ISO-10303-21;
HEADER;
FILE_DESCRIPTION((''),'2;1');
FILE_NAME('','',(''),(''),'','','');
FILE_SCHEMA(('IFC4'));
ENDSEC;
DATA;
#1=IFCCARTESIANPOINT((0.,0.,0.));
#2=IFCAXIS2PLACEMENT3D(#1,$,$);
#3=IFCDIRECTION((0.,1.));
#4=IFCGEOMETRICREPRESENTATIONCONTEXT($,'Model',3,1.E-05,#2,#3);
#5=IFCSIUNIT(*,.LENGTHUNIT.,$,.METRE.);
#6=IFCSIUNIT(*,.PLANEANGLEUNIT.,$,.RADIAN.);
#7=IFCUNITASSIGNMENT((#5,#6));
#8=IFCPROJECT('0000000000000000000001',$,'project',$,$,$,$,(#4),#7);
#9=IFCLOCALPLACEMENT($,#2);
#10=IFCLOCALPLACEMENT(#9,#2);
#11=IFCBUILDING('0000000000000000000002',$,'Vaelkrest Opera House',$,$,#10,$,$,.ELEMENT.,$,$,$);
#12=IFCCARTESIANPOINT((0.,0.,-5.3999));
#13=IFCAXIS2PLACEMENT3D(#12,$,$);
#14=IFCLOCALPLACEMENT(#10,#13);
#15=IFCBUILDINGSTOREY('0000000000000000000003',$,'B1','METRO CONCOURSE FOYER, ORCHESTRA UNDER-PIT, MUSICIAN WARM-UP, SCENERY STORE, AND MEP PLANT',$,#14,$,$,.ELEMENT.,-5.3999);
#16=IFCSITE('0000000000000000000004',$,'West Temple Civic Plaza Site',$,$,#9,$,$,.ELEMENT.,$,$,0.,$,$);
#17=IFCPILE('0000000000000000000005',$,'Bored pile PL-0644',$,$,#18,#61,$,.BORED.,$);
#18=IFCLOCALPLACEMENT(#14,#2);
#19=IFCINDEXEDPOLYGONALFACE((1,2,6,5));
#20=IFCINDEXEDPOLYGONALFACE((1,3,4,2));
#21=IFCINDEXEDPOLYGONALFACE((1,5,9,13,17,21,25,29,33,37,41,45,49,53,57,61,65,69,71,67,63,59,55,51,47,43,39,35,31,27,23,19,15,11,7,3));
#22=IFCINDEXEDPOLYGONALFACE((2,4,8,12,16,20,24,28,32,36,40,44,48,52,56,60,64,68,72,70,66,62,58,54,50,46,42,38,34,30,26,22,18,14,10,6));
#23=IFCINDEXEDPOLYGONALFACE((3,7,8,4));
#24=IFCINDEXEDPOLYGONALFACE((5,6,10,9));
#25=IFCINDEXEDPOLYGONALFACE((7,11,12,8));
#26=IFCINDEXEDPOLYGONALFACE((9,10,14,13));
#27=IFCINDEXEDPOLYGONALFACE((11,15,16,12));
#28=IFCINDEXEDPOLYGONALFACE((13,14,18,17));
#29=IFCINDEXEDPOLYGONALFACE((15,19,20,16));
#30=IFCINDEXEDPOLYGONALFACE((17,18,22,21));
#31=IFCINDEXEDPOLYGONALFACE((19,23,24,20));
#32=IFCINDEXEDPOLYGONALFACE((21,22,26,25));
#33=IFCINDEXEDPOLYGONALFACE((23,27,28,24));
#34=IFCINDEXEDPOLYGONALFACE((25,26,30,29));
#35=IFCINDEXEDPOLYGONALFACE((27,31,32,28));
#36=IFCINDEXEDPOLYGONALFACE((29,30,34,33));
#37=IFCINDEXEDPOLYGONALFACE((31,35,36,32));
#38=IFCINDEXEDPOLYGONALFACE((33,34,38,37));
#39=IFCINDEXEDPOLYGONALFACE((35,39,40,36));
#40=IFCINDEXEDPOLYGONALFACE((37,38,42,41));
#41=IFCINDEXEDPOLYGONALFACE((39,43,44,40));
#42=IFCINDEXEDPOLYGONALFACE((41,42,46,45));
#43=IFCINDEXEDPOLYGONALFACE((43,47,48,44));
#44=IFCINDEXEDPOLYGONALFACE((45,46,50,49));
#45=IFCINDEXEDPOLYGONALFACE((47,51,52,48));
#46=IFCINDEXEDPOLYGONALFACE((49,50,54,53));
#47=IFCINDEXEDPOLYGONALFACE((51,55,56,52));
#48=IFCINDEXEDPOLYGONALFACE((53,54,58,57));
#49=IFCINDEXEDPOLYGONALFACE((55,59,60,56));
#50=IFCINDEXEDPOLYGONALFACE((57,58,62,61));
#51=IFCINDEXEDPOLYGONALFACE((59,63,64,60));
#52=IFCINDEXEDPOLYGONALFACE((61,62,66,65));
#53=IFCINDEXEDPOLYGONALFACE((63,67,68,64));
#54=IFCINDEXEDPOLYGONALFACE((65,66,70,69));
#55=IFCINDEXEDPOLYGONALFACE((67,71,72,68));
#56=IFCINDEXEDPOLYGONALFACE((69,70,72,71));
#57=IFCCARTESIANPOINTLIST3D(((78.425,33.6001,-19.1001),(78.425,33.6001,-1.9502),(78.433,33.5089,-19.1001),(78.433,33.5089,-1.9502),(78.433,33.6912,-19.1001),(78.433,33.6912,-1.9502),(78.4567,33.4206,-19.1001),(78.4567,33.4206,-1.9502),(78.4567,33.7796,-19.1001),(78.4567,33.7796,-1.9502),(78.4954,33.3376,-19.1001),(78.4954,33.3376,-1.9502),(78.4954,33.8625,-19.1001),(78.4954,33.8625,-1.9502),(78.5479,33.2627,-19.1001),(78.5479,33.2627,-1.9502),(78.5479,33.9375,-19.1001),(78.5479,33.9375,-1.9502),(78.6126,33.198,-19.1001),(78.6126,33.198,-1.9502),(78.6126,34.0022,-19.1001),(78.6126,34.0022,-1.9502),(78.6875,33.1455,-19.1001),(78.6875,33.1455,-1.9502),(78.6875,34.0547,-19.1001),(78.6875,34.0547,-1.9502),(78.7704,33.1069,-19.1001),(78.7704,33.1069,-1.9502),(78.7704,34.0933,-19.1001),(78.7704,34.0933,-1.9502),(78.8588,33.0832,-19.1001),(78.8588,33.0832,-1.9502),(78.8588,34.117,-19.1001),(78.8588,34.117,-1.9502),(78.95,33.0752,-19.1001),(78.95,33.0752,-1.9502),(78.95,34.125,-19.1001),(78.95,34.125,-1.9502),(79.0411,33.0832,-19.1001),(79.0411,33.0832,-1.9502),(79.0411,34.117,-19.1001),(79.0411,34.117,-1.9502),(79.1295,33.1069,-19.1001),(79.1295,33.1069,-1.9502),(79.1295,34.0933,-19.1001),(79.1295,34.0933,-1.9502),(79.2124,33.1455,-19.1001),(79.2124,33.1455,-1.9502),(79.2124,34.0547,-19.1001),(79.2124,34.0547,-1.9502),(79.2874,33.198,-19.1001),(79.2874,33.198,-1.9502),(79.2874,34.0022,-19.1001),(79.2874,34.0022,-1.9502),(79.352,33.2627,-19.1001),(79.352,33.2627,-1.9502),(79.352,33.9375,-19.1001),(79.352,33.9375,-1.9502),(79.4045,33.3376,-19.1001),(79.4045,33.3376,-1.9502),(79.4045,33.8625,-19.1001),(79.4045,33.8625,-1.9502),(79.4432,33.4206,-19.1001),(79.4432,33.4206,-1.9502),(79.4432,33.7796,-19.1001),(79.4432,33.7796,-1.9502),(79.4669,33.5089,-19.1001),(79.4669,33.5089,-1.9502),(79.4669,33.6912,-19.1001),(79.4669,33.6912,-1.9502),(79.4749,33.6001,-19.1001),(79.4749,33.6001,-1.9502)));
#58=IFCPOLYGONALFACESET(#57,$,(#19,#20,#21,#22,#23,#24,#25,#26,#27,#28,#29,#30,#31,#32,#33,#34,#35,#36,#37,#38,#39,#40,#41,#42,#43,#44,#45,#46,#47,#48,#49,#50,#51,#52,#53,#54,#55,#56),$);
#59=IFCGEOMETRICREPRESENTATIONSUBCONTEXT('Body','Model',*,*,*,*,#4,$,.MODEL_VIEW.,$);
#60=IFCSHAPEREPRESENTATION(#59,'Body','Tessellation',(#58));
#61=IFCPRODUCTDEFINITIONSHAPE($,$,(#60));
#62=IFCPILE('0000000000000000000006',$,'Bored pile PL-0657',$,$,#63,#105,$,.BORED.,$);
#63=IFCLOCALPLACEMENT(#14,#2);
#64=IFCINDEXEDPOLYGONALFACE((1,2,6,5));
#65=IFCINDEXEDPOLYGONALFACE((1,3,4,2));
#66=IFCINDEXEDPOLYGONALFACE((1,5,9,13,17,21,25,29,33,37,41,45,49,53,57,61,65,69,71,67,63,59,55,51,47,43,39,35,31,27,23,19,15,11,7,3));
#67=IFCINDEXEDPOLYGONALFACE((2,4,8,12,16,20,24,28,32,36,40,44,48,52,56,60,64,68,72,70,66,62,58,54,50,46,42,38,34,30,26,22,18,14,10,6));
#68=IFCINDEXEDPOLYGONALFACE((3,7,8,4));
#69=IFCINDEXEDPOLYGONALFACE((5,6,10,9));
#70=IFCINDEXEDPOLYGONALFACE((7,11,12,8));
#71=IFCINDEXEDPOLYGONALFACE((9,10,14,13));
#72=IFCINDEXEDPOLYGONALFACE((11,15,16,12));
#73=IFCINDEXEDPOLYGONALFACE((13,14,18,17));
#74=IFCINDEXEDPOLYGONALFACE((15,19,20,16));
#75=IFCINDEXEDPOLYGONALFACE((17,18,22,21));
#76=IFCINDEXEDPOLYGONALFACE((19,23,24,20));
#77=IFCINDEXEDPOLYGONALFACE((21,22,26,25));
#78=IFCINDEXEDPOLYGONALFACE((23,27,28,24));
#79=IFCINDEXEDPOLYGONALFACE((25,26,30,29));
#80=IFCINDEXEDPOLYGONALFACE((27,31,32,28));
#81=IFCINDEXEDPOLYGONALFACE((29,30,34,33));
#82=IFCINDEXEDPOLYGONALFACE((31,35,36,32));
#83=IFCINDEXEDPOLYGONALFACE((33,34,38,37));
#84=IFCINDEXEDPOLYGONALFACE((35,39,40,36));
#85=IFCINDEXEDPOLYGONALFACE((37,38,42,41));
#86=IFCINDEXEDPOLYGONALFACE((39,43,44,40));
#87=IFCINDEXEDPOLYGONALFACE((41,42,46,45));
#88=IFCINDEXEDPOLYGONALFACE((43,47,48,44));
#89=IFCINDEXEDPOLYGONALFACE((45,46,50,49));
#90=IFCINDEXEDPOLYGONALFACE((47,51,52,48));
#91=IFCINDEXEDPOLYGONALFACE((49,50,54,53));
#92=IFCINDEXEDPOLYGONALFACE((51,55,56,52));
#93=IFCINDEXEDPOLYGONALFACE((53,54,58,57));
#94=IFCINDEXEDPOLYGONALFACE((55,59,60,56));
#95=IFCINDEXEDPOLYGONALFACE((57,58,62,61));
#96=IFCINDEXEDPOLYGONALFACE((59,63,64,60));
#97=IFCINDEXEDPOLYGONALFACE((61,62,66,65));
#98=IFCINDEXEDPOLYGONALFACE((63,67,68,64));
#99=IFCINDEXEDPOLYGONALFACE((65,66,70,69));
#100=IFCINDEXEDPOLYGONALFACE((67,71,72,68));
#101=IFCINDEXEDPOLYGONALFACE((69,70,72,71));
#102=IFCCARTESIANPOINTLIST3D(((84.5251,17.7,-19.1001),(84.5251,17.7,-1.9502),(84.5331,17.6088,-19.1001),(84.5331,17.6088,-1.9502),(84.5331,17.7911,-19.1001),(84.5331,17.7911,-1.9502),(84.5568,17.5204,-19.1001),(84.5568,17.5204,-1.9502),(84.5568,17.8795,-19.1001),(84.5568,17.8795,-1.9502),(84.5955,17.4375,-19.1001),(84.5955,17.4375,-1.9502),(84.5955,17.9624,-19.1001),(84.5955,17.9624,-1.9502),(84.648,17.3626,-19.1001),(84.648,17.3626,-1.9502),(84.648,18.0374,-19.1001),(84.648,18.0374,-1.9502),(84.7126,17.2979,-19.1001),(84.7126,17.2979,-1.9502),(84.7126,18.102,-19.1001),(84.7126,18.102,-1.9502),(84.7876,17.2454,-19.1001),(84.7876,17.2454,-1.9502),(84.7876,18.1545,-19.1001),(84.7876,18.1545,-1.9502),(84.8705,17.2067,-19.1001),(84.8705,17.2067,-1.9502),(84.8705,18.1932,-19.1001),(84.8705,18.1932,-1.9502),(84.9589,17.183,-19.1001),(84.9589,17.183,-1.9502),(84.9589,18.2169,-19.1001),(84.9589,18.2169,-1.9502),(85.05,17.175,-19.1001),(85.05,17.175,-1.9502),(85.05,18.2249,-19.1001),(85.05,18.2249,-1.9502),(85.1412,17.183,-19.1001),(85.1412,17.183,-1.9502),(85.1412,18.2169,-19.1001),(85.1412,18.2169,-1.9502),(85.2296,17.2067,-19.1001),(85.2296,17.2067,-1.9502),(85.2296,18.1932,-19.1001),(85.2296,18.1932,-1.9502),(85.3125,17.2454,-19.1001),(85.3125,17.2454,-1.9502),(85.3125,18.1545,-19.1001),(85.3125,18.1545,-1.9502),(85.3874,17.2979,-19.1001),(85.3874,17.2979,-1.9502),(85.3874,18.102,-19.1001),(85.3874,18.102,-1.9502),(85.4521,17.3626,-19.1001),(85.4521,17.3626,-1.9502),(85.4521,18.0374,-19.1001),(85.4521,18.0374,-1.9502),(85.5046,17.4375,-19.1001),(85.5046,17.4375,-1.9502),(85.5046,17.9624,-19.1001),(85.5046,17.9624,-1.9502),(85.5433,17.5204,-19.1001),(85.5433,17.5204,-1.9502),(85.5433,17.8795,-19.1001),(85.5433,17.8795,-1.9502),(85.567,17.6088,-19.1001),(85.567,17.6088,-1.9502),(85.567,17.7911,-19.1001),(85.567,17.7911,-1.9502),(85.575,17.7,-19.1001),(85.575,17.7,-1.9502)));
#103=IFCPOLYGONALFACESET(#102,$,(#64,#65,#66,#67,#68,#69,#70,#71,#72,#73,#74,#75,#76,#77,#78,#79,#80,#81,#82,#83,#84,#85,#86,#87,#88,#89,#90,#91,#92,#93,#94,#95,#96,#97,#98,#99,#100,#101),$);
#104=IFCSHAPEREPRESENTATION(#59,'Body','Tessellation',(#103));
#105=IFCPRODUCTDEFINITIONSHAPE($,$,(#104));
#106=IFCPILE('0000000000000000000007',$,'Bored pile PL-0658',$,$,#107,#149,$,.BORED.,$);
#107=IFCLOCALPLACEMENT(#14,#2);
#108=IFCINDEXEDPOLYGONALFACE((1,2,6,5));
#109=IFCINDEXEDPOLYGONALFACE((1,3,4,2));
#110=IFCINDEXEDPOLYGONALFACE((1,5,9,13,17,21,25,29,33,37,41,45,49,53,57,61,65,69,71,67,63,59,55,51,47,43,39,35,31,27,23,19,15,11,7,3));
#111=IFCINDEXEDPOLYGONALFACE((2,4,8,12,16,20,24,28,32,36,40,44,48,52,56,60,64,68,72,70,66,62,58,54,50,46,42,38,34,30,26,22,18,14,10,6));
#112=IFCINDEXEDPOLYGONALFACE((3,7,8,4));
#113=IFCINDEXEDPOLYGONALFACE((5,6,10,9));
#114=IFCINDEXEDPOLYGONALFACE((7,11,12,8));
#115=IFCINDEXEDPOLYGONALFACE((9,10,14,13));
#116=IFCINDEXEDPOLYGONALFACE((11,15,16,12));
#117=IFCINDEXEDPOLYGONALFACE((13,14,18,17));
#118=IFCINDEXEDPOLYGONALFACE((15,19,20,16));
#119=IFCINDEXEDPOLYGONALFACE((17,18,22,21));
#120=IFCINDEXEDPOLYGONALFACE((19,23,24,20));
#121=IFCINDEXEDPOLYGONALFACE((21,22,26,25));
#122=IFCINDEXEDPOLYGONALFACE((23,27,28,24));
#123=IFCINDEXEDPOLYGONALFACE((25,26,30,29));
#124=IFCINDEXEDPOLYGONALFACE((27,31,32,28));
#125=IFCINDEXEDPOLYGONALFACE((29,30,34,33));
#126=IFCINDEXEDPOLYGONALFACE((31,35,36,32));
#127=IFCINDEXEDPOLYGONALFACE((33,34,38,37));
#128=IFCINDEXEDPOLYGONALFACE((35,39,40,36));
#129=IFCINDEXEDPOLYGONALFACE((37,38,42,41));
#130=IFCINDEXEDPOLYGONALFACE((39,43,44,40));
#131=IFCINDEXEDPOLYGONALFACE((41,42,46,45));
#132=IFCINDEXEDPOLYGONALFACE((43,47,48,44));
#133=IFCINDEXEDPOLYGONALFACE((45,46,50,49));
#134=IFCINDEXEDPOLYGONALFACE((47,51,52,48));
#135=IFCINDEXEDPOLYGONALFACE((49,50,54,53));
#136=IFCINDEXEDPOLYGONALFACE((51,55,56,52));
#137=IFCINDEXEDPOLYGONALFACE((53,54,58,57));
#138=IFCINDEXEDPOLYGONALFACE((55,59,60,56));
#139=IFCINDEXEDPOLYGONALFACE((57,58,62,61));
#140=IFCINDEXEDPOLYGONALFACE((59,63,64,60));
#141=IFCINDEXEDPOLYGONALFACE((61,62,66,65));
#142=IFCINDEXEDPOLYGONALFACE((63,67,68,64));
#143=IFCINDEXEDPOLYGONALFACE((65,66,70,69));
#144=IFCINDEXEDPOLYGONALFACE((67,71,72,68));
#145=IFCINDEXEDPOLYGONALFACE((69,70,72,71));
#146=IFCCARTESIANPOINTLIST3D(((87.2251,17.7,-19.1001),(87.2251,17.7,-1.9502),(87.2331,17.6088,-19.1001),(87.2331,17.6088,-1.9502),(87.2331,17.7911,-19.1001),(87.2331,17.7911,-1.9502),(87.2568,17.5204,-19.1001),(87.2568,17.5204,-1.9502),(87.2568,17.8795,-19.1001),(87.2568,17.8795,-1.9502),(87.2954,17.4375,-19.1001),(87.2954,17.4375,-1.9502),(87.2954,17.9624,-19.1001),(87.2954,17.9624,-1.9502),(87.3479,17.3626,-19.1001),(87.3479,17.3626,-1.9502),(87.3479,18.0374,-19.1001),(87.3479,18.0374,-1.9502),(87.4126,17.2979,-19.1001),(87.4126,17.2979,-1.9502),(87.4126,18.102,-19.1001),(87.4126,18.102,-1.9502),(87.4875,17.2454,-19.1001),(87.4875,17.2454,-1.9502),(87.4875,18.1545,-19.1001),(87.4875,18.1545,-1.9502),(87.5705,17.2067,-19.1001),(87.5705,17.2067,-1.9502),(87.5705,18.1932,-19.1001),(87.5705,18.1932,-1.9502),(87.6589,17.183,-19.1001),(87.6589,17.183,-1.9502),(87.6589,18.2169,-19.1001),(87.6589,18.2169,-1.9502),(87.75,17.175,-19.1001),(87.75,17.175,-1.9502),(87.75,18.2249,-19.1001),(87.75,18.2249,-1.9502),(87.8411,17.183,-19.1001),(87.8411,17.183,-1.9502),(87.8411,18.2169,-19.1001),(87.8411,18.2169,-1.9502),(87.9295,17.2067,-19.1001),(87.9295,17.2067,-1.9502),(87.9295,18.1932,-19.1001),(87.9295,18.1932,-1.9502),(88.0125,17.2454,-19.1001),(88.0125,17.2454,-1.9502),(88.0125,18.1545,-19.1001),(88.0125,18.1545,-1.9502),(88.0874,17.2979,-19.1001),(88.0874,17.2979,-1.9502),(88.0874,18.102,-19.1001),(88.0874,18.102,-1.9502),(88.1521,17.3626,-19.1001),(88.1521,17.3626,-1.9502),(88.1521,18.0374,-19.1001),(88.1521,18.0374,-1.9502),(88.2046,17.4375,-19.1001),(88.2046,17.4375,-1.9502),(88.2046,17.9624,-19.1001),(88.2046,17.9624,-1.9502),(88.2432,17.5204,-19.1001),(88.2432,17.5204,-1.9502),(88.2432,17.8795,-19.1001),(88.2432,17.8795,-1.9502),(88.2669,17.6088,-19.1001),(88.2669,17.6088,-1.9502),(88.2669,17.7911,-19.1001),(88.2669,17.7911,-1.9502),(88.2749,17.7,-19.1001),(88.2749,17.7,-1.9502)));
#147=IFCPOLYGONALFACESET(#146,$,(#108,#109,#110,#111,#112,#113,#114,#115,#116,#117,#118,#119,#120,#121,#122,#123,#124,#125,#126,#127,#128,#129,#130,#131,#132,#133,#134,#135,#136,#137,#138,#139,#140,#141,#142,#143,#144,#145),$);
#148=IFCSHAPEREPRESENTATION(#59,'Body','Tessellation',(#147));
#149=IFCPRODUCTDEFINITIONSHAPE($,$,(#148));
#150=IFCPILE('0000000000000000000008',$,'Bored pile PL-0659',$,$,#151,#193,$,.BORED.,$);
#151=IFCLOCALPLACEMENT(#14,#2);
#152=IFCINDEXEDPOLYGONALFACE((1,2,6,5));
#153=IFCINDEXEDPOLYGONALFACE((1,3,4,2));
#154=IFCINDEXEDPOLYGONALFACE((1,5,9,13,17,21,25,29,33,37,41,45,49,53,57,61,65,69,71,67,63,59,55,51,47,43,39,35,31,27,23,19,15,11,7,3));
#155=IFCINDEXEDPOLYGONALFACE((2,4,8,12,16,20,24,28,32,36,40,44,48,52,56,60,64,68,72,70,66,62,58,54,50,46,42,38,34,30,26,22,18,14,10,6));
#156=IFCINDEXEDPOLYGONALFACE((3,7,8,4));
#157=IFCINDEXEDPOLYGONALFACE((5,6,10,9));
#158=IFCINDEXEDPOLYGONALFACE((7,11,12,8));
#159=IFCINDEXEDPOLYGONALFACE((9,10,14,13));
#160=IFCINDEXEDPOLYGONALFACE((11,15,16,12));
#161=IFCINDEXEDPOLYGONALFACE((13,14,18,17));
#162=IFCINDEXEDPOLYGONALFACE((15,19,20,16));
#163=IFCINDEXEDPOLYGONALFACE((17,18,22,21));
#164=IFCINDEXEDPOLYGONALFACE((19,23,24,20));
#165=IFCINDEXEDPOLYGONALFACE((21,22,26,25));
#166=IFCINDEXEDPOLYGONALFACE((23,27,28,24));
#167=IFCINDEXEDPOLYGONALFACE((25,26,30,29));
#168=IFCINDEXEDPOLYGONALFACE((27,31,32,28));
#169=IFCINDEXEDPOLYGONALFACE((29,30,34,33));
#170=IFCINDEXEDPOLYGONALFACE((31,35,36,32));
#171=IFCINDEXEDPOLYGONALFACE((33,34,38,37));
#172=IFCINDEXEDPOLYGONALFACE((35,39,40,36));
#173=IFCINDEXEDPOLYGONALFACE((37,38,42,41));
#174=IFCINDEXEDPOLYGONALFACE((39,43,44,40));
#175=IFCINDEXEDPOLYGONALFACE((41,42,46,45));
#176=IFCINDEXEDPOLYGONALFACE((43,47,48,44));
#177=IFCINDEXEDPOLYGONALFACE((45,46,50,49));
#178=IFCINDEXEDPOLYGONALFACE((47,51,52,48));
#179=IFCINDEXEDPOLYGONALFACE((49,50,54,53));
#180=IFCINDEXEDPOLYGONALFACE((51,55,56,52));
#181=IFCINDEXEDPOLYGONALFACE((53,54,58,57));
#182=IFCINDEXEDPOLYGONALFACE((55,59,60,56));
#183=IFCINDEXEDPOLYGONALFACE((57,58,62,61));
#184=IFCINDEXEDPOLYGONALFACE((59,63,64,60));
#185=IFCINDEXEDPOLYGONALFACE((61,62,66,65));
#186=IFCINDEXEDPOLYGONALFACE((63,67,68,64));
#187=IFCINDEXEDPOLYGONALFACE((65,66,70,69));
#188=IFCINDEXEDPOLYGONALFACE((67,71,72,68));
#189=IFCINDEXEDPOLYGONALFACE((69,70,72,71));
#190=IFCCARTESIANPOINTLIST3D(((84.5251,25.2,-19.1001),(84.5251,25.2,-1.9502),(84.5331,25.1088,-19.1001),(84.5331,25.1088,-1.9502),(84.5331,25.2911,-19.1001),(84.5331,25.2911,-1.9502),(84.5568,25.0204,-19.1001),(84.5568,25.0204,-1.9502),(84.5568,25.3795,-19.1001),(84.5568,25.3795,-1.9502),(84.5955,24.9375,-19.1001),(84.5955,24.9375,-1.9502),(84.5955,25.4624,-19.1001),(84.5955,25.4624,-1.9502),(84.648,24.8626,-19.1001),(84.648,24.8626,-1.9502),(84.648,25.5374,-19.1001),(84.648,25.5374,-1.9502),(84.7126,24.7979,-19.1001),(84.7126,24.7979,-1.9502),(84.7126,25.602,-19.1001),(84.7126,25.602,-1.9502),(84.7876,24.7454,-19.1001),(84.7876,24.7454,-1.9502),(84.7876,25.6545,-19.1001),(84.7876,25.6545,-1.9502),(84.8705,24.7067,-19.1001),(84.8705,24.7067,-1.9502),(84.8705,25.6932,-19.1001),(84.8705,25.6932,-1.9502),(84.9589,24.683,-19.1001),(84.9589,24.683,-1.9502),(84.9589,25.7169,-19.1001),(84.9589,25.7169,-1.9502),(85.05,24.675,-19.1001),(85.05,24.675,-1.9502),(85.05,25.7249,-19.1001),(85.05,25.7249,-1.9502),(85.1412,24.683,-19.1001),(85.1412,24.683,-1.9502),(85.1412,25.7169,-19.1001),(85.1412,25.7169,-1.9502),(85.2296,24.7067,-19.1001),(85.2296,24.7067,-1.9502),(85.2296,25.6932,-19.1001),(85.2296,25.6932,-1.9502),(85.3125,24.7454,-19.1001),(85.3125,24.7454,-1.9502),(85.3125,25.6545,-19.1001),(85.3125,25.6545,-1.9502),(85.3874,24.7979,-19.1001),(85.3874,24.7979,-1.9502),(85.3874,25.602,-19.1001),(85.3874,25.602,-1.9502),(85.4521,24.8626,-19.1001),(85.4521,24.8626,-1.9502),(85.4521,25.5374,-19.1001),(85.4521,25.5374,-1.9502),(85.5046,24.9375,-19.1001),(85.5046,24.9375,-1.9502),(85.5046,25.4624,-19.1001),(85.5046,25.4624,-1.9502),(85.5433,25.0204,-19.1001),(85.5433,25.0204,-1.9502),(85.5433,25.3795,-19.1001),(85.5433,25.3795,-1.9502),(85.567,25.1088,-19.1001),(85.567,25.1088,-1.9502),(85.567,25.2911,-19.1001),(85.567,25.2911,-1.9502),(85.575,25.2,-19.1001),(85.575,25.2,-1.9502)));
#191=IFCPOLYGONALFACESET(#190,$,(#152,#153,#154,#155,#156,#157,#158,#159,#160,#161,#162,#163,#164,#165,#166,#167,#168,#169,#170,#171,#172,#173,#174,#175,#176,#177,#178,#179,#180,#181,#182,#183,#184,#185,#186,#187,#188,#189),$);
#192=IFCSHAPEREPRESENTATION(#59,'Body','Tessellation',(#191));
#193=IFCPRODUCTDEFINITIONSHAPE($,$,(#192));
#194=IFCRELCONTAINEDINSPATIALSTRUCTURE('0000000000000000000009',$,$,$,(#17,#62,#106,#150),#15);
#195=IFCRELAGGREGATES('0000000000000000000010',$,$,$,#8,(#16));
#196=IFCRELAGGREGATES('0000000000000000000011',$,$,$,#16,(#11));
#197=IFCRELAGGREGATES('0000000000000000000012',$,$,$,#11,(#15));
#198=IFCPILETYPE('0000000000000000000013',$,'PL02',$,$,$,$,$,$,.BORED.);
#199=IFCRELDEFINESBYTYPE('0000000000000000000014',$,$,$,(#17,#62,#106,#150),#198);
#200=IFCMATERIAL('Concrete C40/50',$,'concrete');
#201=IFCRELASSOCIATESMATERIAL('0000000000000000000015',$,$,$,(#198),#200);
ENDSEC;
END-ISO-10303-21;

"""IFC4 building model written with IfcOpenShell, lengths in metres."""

from ifc_helpers import new_model, si_unit, direction, frame, origin, origin_2d, place, context, subcontext, project, spatial, circle, extrude, material, material_profile, profile_set, type_object, element, save


model = new_model("IFC4")

# Units and contexts
model_context = context("Model", 3, precision=1e-05, world=origin(), true_north=direction((0.0, 1.0)))
body_context = subcontext(model_context, "Body", "Model", "MODEL_VIEW")
ifc_project = project(units=[si_unit("LENGTHUNIT", "METRE"), si_unit("PLANEANGLEUNIT", "RADIAN")], contexts=[model_context])

# Site, building, storey
site_placement = place(None, origin())
site = spatial("IfcSite", under=ifc_project, at=site_placement, Name="West Temple Civic Plaza Site", CompositionType="ELEMENT", RefElevation=0.0)
building_placement = place(site_placement, origin())
building = spatial("IfcBuilding", under=site, at=building_placement, Name="Vaelkrest Opera House", CompositionType="ELEMENT")
storey_placement = place(building_placement, frame((0.0, 0.0, -5.3999)))
storey = spatial("IfcBuildingStorey", under=building, at=storey_placement, Name="B1", Description="METRO CONCOURSE FOYER, ORCHESTRA UNDER-PIT, MUSICIAN WARM-UP, SCENERY STORE, AND MEP PLANT", CompositionType="ELEMENT", Elevation=-5.3999)

# Shared definitions
ifc_material_1 = material(Name="Concrete C40/50", Category="concrete")

# Piles
ifc_material_profile_1 = material_profile(ifc_material_1, circle(Radius=0.5249, at=origin_2d()), Name="PILE1050")
ifc_profile_set_1 = profile_set([ifc_material_profile_1], Name="Concrete C40/50")
pile_type = type_object("IfcPileType", Name="PL02", PredefinedType="BORED", material=ifc_profile_set_1)
for number, where, z_axis, x_axis, name in (
    (1, (78.95, 33.6001, -1.9502), (0.0, 0.0, -1.0), (1.0, 0.0, 0.0), "Bored pile PL-0644"),
    (2, (85.05, 17.7, -1.9502), (0.0, 0.0, -1.0), (1.0, 0.0, 0.0), "Bored pile PL-0657"),
    (3, (87.75, 17.7, -1.9502), (0.0, 0.0, -1.0), (1.0, 0.0, 0.0), "Bored pile PL-0658"),
    (4, (85.05, 25.2, -1.9502), (0.0, 0.0, -1.0), (1.0, 0.0, 0.0), "Bored pile PL-0659"),
):
    element("IfcPile", number, at=place(storey_placement, frame(where, z_axis=z_axis, x_axis=x_axis)), inside=storey, type_object=pile_type, Name=name, PredefinedType="BORED", context=body_context, shape_type="SweptSolid", body=[
        extrude(circle(Radius=0.5249, at=origin_2d()), origin(), (0.0, 0.0, 1.0), 17.1499),
    ])

save(model, "model.ifc")
